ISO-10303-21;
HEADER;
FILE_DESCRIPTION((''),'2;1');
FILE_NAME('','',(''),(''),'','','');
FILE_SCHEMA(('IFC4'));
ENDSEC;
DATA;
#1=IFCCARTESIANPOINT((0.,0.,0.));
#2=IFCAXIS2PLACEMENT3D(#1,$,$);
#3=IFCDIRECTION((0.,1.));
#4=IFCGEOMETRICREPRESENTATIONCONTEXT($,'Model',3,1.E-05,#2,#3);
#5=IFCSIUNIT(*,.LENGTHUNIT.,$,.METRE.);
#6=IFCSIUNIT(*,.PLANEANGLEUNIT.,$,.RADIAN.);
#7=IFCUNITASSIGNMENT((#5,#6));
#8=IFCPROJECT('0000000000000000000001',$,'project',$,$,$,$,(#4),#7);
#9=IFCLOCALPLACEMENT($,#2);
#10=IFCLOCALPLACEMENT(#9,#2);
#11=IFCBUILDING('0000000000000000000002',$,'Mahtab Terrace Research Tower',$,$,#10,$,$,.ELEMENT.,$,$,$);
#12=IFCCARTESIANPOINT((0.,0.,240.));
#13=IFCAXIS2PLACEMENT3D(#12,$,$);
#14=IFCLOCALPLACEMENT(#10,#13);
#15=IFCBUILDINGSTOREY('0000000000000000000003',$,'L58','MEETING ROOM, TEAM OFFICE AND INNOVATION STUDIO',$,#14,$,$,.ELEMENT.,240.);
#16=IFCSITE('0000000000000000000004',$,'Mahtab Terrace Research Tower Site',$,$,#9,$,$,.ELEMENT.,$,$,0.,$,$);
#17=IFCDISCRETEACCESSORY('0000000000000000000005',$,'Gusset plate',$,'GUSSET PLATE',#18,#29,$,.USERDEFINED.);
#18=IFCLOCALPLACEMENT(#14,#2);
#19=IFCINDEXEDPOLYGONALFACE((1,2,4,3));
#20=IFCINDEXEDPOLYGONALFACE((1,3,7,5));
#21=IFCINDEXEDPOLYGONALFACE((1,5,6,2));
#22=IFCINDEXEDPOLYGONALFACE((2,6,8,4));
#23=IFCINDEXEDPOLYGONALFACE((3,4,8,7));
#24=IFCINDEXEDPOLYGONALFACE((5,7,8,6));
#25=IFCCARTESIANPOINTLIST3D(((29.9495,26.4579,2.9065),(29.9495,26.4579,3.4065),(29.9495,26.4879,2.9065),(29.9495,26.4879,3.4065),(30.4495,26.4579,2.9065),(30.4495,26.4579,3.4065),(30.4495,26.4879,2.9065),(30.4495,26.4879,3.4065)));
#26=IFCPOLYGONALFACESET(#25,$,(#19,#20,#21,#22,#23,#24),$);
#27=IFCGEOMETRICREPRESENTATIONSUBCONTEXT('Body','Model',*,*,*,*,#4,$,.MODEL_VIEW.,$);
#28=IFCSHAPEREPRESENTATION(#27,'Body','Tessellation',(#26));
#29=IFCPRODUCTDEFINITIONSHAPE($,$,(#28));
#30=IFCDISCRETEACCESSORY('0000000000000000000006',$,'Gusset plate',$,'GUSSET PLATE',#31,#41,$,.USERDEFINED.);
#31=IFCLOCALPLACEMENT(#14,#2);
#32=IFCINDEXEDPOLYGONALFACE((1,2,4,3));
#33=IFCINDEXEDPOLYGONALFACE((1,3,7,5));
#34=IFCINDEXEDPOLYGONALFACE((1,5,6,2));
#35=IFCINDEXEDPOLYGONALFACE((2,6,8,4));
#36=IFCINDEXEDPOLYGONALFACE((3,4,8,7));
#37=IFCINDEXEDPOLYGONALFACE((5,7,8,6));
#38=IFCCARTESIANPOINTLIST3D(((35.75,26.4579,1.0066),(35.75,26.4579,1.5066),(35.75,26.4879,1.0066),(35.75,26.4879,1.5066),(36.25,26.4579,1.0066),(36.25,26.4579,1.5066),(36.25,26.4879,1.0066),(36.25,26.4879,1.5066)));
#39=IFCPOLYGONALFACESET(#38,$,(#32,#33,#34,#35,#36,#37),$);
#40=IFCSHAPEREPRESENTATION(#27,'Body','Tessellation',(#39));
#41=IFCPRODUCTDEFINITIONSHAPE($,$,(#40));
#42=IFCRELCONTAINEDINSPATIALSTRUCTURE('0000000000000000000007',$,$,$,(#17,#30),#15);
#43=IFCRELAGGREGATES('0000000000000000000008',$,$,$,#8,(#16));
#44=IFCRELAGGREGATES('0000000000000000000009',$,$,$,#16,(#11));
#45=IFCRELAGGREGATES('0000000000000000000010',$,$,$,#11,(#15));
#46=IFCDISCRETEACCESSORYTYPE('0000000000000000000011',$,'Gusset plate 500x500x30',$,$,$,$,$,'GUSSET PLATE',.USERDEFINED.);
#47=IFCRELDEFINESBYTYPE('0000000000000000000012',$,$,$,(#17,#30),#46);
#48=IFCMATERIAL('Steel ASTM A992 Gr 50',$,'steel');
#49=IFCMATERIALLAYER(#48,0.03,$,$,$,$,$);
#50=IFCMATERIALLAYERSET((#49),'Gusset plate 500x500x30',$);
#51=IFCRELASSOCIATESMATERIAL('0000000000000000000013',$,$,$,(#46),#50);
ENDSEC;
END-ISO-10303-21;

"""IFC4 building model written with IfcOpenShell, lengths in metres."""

from ifc_helpers import new_model, si_unit, direction, frame, origin, origin_2d, place, context, subcontext, project, spatial, rectangle, extrude, material, layer, layer_set, type_object, element, save


model = new_model("IFC4")

# Units and contexts
model_context = context("Model", 3, precision=1e-05, world=origin(), true_north=direction((0.0, 1.0)))
body_context = subcontext(model_context, "Body", "Model", "MODEL_VIEW")
ifc_project = project(units=[si_unit("LENGTHUNIT", "METRE"), si_unit("PLANEANGLEUNIT", "RADIAN")], contexts=[model_context])

# Site, building, storey
site_placement = place(None, origin())
site = spatial("IfcSite", under=ifc_project, at=site_placement, Name="Mahtab Terrace Research Tower Site", CompositionType="ELEMENT", RefElevation=0.0)
building_placement = place(site_placement, origin())
building = spatial("IfcBuilding", under=site, at=building_placement, Name="Mahtab Terrace Research Tower", CompositionType="ELEMENT")
storey_placement = place(building_placement, frame((0.0, 0.0, 240.0)))
storey = spatial("IfcBuildingStorey", under=building, at=storey_placement, Name="L58", Description="MEETING ROOM, TEAM OFFICE AND INNOVATION STUDIO", CompositionType="ELEMENT", Elevation=240.0)

# Shared definitions
ifc_material_1 = material(Name="Steel ASTM A992 Gr 50", Category="steel")

# Discrete accessories
ifc_layer_1 = layer(ifc_material_1, 0.03)
ifc_layer_set_1 = layer_set([ifc_layer_1], Name="Gusset plate 500x500x30")
discrete_accessory_type = type_object("IfcDiscreteAccessoryType", Name="Gusset plate 500x500x30", ElementType="GUSSET PLATE", PredefinedType="USERDEFINED", material=ifc_layer_set_1)
for number, where, z_axis, x_axis, name in (
    (1, (30.1995, 26.4729, 2.9065), (0.0, 0.0, 1.0), (1.0, 0.0, 0.0), "Gusset plate"),
    (2, (36.0, 26.4729, 1.0066), (0.0, 0.0, 1.0), (1.0, 0.0, 0.0), "Gusset plate"),
):
    element("IfcDiscreteAccessory", number, at=place(storey_placement, frame(where, z_axis=z_axis, x_axis=x_axis)), inside=storey, type_object=discrete_accessory_type, Name=name, ObjectType="GUSSET PLATE", PredefinedType="USERDEFINED", context=body_context, shape_type="SweptSolid", body=[
        extrude(rectangle(XDim=0.5, YDim=0.03, at=origin_2d()), origin(), (0.0, 0.0, 1.0), 0.5),
    ])

save(model, "model.ifc")
